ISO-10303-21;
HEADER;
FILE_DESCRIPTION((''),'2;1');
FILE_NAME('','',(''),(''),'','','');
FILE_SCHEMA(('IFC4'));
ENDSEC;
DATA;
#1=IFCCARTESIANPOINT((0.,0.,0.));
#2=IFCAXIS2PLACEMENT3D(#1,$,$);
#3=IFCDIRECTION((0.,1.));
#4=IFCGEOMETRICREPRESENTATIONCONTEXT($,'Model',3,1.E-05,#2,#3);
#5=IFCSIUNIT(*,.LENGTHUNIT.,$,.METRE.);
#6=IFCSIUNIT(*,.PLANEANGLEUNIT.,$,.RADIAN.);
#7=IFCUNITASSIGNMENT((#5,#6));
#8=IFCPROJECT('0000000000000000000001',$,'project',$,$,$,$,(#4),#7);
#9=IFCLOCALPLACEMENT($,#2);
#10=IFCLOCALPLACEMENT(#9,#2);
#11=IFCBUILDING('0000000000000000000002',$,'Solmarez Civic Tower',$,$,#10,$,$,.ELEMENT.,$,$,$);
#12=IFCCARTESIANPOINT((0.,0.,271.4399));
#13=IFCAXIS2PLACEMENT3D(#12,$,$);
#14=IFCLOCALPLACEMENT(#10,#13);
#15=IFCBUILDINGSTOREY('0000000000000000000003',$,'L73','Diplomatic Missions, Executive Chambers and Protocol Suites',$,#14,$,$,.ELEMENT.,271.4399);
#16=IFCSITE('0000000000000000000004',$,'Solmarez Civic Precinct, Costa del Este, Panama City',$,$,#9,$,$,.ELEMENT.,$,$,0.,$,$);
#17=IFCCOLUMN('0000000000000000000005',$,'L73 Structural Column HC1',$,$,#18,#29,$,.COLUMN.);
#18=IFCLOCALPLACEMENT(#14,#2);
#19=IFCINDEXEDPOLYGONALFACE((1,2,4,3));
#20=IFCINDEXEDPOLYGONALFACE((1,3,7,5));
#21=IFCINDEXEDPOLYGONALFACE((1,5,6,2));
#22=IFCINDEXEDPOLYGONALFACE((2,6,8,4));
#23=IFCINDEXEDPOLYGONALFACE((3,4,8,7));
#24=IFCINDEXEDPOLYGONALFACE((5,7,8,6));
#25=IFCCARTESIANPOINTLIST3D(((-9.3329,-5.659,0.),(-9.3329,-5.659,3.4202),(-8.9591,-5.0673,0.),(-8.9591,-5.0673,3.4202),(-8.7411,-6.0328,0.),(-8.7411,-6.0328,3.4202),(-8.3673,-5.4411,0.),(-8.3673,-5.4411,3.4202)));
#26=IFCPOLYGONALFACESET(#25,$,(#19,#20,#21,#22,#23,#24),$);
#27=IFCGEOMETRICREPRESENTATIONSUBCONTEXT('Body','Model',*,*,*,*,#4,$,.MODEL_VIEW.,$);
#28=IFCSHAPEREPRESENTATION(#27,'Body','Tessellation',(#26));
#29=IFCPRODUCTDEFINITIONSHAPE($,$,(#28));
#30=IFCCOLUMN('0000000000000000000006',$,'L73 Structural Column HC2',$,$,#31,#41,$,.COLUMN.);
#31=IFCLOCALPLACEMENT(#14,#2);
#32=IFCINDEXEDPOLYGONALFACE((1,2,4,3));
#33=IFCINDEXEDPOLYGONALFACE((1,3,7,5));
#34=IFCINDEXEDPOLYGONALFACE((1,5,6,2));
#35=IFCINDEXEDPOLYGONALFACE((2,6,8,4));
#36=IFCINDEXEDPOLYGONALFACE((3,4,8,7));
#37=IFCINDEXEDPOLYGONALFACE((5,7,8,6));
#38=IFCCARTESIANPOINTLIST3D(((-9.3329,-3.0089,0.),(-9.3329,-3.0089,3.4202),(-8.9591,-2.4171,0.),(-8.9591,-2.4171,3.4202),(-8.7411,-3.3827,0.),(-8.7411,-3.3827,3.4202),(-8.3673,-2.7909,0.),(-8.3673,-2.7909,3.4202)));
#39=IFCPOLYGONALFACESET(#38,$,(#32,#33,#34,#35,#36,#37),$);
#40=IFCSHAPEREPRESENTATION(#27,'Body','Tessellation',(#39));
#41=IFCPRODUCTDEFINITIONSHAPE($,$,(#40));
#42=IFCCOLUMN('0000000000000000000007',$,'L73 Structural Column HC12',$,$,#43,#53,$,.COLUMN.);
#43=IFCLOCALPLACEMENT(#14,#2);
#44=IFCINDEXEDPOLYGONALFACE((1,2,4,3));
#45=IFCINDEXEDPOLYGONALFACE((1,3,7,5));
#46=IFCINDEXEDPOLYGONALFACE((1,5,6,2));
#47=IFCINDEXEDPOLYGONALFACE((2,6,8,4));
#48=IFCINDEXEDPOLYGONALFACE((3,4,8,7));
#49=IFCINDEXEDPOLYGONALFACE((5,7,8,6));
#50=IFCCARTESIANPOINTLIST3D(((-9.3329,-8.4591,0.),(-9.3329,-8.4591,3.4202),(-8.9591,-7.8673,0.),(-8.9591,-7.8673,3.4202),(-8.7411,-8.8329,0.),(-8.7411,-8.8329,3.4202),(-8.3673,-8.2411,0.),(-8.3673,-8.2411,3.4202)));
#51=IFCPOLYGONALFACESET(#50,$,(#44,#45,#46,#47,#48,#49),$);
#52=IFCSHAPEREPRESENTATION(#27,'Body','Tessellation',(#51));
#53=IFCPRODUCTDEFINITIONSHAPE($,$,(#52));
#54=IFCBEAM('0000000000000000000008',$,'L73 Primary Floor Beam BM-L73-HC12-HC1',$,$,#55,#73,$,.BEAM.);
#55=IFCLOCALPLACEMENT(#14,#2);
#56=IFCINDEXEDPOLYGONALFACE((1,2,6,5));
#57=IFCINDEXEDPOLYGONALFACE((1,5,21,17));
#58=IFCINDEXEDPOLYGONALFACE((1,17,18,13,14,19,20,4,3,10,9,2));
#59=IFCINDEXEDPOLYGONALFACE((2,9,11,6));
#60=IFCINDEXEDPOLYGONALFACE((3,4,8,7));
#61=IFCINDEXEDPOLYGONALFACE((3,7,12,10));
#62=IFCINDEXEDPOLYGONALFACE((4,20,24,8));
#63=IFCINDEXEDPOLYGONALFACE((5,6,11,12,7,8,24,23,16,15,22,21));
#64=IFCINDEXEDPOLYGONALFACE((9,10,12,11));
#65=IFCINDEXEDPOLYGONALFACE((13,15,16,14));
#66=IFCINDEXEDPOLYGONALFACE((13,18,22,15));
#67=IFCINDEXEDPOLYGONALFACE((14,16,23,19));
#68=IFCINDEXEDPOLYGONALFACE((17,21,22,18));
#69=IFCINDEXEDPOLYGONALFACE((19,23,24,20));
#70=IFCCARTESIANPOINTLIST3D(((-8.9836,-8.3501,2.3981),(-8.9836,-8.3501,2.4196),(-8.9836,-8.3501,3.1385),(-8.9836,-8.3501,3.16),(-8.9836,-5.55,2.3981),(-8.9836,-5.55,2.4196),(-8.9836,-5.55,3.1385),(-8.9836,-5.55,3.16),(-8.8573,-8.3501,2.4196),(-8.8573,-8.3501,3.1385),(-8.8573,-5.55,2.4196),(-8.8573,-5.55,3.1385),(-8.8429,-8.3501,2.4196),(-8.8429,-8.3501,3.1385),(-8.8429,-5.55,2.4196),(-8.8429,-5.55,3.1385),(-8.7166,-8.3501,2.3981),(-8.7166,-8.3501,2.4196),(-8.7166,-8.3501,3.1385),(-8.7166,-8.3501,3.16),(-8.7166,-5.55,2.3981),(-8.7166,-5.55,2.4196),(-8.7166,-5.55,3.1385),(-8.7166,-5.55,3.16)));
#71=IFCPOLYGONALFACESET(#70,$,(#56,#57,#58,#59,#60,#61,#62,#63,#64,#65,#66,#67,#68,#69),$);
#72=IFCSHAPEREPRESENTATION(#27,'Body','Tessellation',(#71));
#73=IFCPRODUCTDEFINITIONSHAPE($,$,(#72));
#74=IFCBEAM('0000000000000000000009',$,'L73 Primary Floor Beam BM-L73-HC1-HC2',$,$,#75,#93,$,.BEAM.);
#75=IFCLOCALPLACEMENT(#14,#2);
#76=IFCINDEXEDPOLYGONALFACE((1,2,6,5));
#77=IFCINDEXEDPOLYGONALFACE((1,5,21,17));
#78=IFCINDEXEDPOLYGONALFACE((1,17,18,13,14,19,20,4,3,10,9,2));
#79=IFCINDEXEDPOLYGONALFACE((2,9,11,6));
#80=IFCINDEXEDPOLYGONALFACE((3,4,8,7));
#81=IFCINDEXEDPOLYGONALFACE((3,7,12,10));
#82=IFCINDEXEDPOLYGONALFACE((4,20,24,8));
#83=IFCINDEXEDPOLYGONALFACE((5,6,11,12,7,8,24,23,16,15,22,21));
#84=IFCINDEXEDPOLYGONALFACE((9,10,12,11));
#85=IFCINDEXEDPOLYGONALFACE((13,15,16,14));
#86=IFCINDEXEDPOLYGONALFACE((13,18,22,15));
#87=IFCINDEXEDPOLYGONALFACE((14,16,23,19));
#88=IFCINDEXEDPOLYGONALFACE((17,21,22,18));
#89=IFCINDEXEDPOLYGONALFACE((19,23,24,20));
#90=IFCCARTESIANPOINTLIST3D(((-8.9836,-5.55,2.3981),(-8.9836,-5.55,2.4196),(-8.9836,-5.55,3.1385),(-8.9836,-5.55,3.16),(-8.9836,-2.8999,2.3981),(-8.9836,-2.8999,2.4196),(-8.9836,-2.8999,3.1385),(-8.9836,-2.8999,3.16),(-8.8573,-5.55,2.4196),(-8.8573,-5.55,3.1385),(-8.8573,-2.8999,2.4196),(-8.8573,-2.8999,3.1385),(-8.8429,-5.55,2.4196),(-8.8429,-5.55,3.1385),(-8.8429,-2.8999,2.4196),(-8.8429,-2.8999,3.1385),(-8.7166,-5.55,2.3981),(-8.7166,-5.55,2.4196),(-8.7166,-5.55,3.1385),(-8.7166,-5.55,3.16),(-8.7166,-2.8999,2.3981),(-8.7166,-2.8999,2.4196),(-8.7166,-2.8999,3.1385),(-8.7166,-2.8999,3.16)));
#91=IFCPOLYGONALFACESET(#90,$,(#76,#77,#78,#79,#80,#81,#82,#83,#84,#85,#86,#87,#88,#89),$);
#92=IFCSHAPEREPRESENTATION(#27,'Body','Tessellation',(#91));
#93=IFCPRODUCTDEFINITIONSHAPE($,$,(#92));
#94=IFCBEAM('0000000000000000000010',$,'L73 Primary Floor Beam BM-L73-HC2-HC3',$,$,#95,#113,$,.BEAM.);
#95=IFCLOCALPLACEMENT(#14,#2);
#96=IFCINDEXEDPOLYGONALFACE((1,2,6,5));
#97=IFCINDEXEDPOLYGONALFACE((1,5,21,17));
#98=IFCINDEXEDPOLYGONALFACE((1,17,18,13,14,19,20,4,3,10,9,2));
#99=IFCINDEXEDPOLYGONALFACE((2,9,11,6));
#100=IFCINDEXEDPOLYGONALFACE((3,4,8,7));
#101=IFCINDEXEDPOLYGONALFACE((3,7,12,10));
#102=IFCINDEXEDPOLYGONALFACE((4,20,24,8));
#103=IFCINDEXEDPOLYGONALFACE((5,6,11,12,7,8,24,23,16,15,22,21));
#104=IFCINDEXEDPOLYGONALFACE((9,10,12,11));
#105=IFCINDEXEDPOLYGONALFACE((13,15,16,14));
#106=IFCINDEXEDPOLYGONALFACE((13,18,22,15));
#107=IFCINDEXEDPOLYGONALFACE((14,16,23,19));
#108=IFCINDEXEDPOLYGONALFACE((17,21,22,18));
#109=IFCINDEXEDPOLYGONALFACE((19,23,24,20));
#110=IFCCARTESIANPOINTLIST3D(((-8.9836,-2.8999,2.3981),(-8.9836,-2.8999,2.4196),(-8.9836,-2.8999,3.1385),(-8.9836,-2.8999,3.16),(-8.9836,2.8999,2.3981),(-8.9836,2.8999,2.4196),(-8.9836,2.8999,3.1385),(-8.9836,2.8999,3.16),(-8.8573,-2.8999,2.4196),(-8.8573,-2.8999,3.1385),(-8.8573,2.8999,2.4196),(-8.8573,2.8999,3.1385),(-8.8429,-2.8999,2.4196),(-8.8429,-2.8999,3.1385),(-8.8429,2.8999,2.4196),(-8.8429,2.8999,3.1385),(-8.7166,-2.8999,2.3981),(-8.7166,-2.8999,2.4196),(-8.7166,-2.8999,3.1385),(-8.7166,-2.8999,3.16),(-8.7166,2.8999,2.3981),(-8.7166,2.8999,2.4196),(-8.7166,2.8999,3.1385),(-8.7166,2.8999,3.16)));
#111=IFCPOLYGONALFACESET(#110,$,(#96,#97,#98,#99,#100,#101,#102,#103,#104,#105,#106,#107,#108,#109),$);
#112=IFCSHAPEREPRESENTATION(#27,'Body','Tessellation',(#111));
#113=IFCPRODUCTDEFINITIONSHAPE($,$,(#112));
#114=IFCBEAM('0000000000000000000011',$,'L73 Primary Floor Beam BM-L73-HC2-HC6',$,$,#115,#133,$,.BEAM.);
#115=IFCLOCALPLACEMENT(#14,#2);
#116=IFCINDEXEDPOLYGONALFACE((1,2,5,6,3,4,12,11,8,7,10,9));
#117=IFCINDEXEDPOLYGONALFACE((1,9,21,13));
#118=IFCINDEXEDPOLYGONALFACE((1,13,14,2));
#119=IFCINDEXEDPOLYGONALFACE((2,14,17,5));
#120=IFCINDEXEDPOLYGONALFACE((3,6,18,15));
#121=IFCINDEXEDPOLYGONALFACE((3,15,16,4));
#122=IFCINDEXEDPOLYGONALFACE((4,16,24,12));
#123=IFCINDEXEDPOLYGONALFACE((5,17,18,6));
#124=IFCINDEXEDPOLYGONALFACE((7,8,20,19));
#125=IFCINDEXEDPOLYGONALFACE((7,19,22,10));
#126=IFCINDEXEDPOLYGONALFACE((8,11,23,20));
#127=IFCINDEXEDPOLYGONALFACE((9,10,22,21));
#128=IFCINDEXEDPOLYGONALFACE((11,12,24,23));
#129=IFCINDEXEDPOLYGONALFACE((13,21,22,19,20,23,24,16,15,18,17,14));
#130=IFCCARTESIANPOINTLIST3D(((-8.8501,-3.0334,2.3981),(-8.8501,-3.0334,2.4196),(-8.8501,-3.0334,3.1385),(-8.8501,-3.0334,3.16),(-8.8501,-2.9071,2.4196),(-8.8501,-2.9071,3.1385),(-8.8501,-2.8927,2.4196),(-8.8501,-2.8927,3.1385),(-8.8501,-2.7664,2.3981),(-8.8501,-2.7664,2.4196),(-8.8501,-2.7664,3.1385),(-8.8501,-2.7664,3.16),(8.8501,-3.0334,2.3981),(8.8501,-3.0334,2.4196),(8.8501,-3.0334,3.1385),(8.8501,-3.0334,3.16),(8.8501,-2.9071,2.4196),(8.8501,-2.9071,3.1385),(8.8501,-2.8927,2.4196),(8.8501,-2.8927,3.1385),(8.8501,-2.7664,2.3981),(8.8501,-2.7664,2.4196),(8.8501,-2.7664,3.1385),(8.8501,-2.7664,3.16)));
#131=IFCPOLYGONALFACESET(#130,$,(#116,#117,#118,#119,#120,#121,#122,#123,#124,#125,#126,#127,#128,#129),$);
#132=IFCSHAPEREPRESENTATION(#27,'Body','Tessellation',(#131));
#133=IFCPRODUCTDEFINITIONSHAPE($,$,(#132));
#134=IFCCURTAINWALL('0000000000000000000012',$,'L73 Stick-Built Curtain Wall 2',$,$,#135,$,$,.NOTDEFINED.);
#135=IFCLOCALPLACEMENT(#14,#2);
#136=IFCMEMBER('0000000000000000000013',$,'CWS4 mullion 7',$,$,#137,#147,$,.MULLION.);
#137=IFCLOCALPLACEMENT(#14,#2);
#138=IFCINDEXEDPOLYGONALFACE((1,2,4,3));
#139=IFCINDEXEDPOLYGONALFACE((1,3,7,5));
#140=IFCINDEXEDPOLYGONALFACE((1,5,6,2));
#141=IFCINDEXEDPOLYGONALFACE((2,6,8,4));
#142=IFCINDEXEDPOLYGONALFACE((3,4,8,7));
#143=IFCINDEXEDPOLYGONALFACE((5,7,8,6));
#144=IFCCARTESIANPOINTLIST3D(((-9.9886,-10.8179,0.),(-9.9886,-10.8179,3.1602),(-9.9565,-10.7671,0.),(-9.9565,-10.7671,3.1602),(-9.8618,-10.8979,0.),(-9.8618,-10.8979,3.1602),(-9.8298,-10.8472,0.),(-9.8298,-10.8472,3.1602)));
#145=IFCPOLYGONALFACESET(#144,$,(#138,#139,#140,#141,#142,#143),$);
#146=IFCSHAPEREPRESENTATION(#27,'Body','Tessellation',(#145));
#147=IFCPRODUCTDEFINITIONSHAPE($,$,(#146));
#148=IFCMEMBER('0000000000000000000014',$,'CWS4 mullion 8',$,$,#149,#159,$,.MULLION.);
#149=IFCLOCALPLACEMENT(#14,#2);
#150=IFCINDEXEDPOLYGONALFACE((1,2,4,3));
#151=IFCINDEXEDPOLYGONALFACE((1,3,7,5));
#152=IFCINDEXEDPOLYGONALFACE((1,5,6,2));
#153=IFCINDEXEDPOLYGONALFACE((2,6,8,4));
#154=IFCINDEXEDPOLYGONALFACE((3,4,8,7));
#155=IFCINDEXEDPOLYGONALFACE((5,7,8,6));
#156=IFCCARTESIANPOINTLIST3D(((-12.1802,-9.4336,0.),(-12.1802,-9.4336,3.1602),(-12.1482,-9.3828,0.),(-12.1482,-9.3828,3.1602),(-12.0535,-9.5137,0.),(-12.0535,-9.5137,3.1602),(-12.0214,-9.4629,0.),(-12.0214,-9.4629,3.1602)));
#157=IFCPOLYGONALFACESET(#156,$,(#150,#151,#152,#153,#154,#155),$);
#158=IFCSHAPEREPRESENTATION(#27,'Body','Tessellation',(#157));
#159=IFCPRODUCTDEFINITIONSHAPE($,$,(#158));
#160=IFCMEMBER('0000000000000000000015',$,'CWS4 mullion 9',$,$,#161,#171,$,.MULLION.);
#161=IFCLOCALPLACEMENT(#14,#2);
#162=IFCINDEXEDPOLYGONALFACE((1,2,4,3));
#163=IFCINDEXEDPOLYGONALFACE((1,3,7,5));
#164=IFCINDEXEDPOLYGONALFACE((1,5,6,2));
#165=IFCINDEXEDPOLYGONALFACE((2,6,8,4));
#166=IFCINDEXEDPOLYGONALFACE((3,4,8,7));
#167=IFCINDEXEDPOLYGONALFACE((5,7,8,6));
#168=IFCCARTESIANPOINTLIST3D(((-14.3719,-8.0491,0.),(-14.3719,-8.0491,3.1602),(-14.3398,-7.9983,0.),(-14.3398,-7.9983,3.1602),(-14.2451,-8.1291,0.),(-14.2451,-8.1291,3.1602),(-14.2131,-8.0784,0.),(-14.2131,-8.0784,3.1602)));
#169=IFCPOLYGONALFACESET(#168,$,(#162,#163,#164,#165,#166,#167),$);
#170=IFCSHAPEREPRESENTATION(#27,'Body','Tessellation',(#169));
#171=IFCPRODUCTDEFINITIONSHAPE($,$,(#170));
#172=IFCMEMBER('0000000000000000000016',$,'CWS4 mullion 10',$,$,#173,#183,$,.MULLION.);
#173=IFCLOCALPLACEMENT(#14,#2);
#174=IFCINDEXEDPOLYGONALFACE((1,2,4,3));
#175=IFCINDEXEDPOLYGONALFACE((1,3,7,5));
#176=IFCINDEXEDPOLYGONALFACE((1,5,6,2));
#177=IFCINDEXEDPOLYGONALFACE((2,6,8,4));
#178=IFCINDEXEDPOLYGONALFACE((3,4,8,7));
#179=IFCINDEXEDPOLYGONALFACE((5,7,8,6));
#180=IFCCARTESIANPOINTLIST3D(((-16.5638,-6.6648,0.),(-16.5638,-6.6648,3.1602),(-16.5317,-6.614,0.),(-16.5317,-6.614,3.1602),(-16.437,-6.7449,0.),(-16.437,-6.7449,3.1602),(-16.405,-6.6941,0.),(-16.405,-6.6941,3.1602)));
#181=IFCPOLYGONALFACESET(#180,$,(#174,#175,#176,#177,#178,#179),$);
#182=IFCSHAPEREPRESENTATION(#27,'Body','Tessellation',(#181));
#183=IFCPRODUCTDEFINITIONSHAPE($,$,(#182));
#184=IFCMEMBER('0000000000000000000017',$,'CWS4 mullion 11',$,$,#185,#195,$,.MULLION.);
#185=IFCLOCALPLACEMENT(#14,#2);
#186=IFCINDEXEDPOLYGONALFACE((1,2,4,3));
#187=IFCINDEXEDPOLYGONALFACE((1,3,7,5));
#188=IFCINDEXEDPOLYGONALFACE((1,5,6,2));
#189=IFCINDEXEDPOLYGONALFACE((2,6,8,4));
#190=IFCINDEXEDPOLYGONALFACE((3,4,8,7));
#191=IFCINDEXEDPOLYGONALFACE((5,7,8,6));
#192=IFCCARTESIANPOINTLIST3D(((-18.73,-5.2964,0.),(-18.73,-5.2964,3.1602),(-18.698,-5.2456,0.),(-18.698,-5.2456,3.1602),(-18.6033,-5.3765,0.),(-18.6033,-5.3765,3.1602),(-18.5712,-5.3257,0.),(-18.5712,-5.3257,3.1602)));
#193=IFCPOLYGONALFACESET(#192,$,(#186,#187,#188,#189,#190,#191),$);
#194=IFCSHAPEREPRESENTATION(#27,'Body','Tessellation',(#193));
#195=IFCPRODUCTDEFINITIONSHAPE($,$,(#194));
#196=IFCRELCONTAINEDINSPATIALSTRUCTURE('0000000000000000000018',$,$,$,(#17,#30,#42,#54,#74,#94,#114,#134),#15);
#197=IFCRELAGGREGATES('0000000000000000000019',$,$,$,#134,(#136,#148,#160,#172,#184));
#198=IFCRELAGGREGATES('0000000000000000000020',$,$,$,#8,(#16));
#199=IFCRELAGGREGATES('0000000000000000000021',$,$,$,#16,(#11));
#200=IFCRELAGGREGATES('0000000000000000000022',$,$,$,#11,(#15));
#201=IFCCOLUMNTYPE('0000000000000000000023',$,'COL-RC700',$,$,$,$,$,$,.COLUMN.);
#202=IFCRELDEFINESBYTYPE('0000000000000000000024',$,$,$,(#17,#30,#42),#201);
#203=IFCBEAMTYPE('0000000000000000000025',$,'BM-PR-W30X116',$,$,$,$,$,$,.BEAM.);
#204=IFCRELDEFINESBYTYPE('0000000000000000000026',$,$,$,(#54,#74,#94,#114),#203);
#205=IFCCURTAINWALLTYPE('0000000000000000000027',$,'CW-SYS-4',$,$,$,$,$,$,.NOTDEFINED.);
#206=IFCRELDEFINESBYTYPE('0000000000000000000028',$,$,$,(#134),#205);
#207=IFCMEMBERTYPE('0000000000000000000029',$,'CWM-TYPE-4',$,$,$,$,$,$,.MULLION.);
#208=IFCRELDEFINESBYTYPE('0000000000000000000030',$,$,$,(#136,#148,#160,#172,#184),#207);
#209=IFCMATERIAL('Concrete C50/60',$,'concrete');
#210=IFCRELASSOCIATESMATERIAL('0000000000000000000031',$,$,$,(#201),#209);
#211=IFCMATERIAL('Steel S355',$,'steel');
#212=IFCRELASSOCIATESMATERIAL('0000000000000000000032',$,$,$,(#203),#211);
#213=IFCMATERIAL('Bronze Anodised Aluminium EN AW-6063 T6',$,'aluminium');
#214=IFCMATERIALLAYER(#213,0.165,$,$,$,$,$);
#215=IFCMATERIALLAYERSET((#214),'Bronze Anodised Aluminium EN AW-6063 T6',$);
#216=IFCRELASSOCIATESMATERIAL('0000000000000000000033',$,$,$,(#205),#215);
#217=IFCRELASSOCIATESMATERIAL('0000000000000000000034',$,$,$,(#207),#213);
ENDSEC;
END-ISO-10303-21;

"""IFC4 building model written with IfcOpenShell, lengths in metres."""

from ifc_helpers import new_model, si_unit, direction, frame, origin, origin_2d, place, context, subcontext, project, spatial, rectangle, i_section, extrude, material, layer, layer_set, material_profile, profile_set, type_object, element, aggregate, save


model = new_model("IFC4")

# Units and contexts
model_context = context("Model", 3, precision=1e-05, world=origin(), true_north=direction((0.0, 1.0)))
body_context = subcontext(model_context, "Body", "Model", "MODEL_VIEW")
ifc_project = project(units=[si_unit("LENGTHUNIT", "METRE"), si_unit("PLANEANGLEUNIT", "RADIAN")], contexts=[model_context])

# Site, building, storey
site_placement = place(None, origin())
site = spatial("IfcSite", under=ifc_project, at=site_placement, Name="Solmarez Civic Precinct, Costa del Este, Panama City", CompositionType="ELEMENT", RefElevation=0.0)
building_placement = place(site_placement, origin())
building = spatial("IfcBuilding", under=site, at=building_placement, Name="Solmarez Civic Tower", CompositionType="ELEMENT")
storey_placement = place(building_placement, frame((0.0, 0.0, 271.4399)))
storey = spatial("IfcBuildingStorey", under=building, at=storey_placement, Name="L73", Description="Diplomatic Missions, Executive Chambers and Protocol Suites", CompositionType="ELEMENT", Elevation=271.4399)

# Columns
ifc_material_1 = material(Name="Concrete C50/60", Category="concrete")
ifc_material_profile_1 = material_profile(ifc_material_1, rectangle(XDim=0.7, YDim=0.7, at=origin_2d()), Name="RC700X700")
ifc_profile_set_1 = profile_set([ifc_material_profile_1], Name="Concrete C50/60")
column_type = type_object("IfcColumnType", Name="COL-RC700", PredefinedType="COLUMN", material=ifc_profile_set_1)
for number, where, z_axis, x_axis, name in (
    (1, (-8.8501, -5.55, 0.0), (0.0, 0.0, 1.0), (0.534057, 0.845448, 0.0), "L73 Structural Column HC1"),
    (2, (-8.8501, -2.8999, 0.0), (0.0, 0.0, 1.0), (0.534057, 0.845448, 0.0), "L73 Structural Column HC2"),
    (3, (-8.8501, -8.3501, 0.0), (0.0, 0.0, 1.0), (0.534057, 0.845448, 0.0), "L73 Structural Column HC12"),
):
    element("IfcColumn", number, at=place(storey_placement, frame(where, z_axis=z_axis, x_axis=x_axis)), inside=storey, type_object=column_type, Name=name, PredefinedType="COLUMN", context=body_context, shape_type="SweptSolid", body=[
        extrude(rectangle(XDim=0.7, YDim=0.7, at=origin_2d()), origin(), (0.0, 0.0, 1.0), 3.4202),
    ])

# Beams
ifc_material_2 = material(Name="Steel S355", Category="steel")
ifc_material_profile_2 = material_profile(ifc_material_2, i_section(OverallWidth=0.2671, OverallDepth=0.762, WebThickness=0.0144, FlangeThickness=0.0215, at=origin_2d()), Name="W30X116")
ifc_profile_set_2 = profile_set([ifc_material_profile_2], Name="Steel S355")
beam_type = type_object("IfcBeamType", Name="BM-PR-W30X116", PredefinedType="BEAM", material=ifc_profile_set_2)
beam_1_placement = place(storey_placement, frame((-8.8501, -8.3501, 2.7791), z_axis=(0.0, 1.0, 0.0), x_axis=(-1.0, 0.0, 0.0)))
element("IfcBeam", 4, at=beam_1_placement, inside=storey, type_object=beam_type, Name="L73 Primary Floor Beam BM-L73-HC12-HC1", PredefinedType="BEAM", context=body_context, shape_type="SweptSolid", body=[
    extrude(i_section(OverallWidth=0.2671, OverallDepth=0.762, WebThickness=0.0144, FlangeThickness=0.0215, at=origin_2d()), origin(), (0.0, 0.0, 1.0), 2.8),
])
beam_2_placement = place(storey_placement, frame((-8.8501, -5.55, 2.7791), z_axis=(0.0, 1.0, 0.0), x_axis=(-1.0, 0.0, 0.0)))
element("IfcBeam", 5, at=beam_2_placement, inside=storey, type_object=beam_type, Name="L73 Primary Floor Beam BM-L73-HC1-HC2", PredefinedType="BEAM", context=body_context, shape_type="SweptSolid", body=[
    extrude(i_section(OverallWidth=0.2671, OverallDepth=0.762, WebThickness=0.0144, FlangeThickness=0.0215, at=origin_2d()), origin(), (0.0, 0.0, 1.0), 2.6501),
])
beam_3_placement = place(storey_placement, frame((-8.8501, -2.8999, 2.7791), z_axis=(0.0, 1.0, 0.0), x_axis=(-1.0, 0.0, 0.0)))
element("IfcBeam", 6, at=beam_3_placement, inside=storey, type_object=beam_type, Name="L73 Primary Floor Beam BM-L73-HC2-HC3", PredefinedType="BEAM", context=body_context, shape_type="SweptSolid", body=[
    extrude(i_section(OverallWidth=0.2671, OverallDepth=0.762, WebThickness=0.0144, FlangeThickness=0.0215, at=origin_2d()), origin(), (0.0, 0.0, 1.0), 5.7998),
])
beam_4_placement = place(storey_placement, frame((-8.8501, -2.8999, 2.7791), z_axis=(1.0, 0.0, 0.0), x_axis=(0.0, 1.0, 0.0)))
element("IfcBeam", 7, at=beam_4_placement, inside=storey, type_object=beam_type, Name="L73 Primary Floor Beam BM-L73-HC2-HC6", PredefinedType="BEAM", context=body_context, shape_type="SweptSolid", body=[
    extrude(i_section(OverallWidth=0.2671, OverallDepth=0.762, WebThickness=0.0144, FlangeThickness=0.0215, at=origin_2d()), origin(), (0.0, 0.0, 1.0), 17.7002),
])

# Curtain wall, members
ifc_material_3 = material(Name="Bronze Anodised Aluminium EN AW-6063 T6", Category="aluminium")
ifc_layer_1 = layer(ifc_material_3, 0.165)
ifc_layer_set_1 = layer_set([ifc_layer_1], Name="Bronze Anodised Aluminium EN AW-6063 T6")
curtain_wall_type = type_object("IfcCurtainWallType", Name="CW-SYS-4", PredefinedType="NOTDEFINED", material=ifc_layer_set_1)
curtain_wall_placement = place(storey_placement, origin())
curtain_wall = element("IfcCurtainWall", 8, at=curtain_wall_placement, inside=storey, type_object=curtain_wall_type, Name="L73 Stick-Built Curtain Wall 2", PredefinedType="NOTDEFINED")
ifc_material_profile_3 = material_profile(ifc_material_3, rectangle(XDim=0.0601, YDim=0.1499, at=origin_2d()), Name="CWM-60X150")
ifc_profile_set_3 = profile_set([ifc_material_profile_3], Name="Bronze Anodised Aluminium EN AW-6063 T6")
member_type_1 = type_object("IfcMemberType", Name="CWM-TYPE-4", PredefinedType="MULLION", material=ifc_profile_set_3)
member_1_placement = place(storey_placement, frame((-9.9092, -10.8325, 0.0), z_axis=(0.0, 0.0, 1.0), x_axis=(-0.534039, -0.84546, 0.0)))
member_1 = element("IfcMember", 9, at=member_1_placement, type_object=member_type_1, Name="CWS4 mullion 7", PredefinedType="MULLION", context=body_context, shape_type="SweptSolid", body=[
    extrude(rectangle(XDim=0.0601, YDim=0.1499, at=origin_2d()), origin(), (0.0, 0.0, 1.0), 3.1602),
])
member_2_placement = place(storey_placement, frame((-12.1008, -9.4482, 0.0), z_axis=(0.0, 0.0, 1.0), x_axis=(-0.534039, -0.84546, 0.0)))
member_2 = element("IfcMember", 10, at=member_2_placement, type_object=member_type_1, Name="CWS4 mullion 8", PredefinedType="MULLION", context=body_context, shape_type="SweptSolid", body=[
    extrude(rectangle(XDim=0.0601, YDim=0.1499, at=origin_2d()), origin(), (0.0, 0.0, 1.0), 3.1602),
])
member_3_placement = place(storey_placement, frame((-14.2925, -8.0637, 0.0), z_axis=(0.0, 0.0, 1.0), x_axis=(-0.534039, -0.84546, 0.0)))
member_3 = element("IfcMember", 11, at=member_3_placement, type_object=member_type_1, Name="CWS4 mullion 9", PredefinedType="MULLION", context=body_context, shape_type="SweptSolid", body=[
    extrude(rectangle(XDim=0.0601, YDim=0.1499, at=origin_2d()), origin(), (0.0, 0.0, 1.0), 3.1602),
])
member_4_placement = place(storey_placement, frame((-16.4844, -6.6794, 0.0), z_axis=(0.0, 0.0, 1.0), x_axis=(-0.534039, -0.84546, 0.0)))
member_4 = element("IfcMember", 12, at=member_4_placement, type_object=member_type_1, Name="CWS4 mullion 10", PredefinedType="MULLION", context=body_context, shape_type="SweptSolid", body=[
    extrude(rectangle(XDim=0.0601, YDim=0.1499, at=origin_2d()), origin(), (0.0, 0.0, 1.0), 3.1602),
])
member_5_placement = place(storey_placement, frame((-18.6506, -5.311, 0.0), z_axis=(0.0, 0.0, 1.0), x_axis=(-0.534039, -0.84546, 0.0)))
member_5 = element("IfcMember", 13, at=member_5_placement, type_object=member_type_1, Name="CWS4 mullion 11", PredefinedType="MULLION", context=body_context, shape_type="SweptSolid", body=[
    extrude(rectangle(XDim=0.0601, YDim=0.1499, at=origin_2d()), origin(), (0.0, 0.0, 1.0), 3.1602),
])
aggregate(curtain_wall, [member_1, member_2, member_3, member_4, member_5])

save(model, "model.ifc")
